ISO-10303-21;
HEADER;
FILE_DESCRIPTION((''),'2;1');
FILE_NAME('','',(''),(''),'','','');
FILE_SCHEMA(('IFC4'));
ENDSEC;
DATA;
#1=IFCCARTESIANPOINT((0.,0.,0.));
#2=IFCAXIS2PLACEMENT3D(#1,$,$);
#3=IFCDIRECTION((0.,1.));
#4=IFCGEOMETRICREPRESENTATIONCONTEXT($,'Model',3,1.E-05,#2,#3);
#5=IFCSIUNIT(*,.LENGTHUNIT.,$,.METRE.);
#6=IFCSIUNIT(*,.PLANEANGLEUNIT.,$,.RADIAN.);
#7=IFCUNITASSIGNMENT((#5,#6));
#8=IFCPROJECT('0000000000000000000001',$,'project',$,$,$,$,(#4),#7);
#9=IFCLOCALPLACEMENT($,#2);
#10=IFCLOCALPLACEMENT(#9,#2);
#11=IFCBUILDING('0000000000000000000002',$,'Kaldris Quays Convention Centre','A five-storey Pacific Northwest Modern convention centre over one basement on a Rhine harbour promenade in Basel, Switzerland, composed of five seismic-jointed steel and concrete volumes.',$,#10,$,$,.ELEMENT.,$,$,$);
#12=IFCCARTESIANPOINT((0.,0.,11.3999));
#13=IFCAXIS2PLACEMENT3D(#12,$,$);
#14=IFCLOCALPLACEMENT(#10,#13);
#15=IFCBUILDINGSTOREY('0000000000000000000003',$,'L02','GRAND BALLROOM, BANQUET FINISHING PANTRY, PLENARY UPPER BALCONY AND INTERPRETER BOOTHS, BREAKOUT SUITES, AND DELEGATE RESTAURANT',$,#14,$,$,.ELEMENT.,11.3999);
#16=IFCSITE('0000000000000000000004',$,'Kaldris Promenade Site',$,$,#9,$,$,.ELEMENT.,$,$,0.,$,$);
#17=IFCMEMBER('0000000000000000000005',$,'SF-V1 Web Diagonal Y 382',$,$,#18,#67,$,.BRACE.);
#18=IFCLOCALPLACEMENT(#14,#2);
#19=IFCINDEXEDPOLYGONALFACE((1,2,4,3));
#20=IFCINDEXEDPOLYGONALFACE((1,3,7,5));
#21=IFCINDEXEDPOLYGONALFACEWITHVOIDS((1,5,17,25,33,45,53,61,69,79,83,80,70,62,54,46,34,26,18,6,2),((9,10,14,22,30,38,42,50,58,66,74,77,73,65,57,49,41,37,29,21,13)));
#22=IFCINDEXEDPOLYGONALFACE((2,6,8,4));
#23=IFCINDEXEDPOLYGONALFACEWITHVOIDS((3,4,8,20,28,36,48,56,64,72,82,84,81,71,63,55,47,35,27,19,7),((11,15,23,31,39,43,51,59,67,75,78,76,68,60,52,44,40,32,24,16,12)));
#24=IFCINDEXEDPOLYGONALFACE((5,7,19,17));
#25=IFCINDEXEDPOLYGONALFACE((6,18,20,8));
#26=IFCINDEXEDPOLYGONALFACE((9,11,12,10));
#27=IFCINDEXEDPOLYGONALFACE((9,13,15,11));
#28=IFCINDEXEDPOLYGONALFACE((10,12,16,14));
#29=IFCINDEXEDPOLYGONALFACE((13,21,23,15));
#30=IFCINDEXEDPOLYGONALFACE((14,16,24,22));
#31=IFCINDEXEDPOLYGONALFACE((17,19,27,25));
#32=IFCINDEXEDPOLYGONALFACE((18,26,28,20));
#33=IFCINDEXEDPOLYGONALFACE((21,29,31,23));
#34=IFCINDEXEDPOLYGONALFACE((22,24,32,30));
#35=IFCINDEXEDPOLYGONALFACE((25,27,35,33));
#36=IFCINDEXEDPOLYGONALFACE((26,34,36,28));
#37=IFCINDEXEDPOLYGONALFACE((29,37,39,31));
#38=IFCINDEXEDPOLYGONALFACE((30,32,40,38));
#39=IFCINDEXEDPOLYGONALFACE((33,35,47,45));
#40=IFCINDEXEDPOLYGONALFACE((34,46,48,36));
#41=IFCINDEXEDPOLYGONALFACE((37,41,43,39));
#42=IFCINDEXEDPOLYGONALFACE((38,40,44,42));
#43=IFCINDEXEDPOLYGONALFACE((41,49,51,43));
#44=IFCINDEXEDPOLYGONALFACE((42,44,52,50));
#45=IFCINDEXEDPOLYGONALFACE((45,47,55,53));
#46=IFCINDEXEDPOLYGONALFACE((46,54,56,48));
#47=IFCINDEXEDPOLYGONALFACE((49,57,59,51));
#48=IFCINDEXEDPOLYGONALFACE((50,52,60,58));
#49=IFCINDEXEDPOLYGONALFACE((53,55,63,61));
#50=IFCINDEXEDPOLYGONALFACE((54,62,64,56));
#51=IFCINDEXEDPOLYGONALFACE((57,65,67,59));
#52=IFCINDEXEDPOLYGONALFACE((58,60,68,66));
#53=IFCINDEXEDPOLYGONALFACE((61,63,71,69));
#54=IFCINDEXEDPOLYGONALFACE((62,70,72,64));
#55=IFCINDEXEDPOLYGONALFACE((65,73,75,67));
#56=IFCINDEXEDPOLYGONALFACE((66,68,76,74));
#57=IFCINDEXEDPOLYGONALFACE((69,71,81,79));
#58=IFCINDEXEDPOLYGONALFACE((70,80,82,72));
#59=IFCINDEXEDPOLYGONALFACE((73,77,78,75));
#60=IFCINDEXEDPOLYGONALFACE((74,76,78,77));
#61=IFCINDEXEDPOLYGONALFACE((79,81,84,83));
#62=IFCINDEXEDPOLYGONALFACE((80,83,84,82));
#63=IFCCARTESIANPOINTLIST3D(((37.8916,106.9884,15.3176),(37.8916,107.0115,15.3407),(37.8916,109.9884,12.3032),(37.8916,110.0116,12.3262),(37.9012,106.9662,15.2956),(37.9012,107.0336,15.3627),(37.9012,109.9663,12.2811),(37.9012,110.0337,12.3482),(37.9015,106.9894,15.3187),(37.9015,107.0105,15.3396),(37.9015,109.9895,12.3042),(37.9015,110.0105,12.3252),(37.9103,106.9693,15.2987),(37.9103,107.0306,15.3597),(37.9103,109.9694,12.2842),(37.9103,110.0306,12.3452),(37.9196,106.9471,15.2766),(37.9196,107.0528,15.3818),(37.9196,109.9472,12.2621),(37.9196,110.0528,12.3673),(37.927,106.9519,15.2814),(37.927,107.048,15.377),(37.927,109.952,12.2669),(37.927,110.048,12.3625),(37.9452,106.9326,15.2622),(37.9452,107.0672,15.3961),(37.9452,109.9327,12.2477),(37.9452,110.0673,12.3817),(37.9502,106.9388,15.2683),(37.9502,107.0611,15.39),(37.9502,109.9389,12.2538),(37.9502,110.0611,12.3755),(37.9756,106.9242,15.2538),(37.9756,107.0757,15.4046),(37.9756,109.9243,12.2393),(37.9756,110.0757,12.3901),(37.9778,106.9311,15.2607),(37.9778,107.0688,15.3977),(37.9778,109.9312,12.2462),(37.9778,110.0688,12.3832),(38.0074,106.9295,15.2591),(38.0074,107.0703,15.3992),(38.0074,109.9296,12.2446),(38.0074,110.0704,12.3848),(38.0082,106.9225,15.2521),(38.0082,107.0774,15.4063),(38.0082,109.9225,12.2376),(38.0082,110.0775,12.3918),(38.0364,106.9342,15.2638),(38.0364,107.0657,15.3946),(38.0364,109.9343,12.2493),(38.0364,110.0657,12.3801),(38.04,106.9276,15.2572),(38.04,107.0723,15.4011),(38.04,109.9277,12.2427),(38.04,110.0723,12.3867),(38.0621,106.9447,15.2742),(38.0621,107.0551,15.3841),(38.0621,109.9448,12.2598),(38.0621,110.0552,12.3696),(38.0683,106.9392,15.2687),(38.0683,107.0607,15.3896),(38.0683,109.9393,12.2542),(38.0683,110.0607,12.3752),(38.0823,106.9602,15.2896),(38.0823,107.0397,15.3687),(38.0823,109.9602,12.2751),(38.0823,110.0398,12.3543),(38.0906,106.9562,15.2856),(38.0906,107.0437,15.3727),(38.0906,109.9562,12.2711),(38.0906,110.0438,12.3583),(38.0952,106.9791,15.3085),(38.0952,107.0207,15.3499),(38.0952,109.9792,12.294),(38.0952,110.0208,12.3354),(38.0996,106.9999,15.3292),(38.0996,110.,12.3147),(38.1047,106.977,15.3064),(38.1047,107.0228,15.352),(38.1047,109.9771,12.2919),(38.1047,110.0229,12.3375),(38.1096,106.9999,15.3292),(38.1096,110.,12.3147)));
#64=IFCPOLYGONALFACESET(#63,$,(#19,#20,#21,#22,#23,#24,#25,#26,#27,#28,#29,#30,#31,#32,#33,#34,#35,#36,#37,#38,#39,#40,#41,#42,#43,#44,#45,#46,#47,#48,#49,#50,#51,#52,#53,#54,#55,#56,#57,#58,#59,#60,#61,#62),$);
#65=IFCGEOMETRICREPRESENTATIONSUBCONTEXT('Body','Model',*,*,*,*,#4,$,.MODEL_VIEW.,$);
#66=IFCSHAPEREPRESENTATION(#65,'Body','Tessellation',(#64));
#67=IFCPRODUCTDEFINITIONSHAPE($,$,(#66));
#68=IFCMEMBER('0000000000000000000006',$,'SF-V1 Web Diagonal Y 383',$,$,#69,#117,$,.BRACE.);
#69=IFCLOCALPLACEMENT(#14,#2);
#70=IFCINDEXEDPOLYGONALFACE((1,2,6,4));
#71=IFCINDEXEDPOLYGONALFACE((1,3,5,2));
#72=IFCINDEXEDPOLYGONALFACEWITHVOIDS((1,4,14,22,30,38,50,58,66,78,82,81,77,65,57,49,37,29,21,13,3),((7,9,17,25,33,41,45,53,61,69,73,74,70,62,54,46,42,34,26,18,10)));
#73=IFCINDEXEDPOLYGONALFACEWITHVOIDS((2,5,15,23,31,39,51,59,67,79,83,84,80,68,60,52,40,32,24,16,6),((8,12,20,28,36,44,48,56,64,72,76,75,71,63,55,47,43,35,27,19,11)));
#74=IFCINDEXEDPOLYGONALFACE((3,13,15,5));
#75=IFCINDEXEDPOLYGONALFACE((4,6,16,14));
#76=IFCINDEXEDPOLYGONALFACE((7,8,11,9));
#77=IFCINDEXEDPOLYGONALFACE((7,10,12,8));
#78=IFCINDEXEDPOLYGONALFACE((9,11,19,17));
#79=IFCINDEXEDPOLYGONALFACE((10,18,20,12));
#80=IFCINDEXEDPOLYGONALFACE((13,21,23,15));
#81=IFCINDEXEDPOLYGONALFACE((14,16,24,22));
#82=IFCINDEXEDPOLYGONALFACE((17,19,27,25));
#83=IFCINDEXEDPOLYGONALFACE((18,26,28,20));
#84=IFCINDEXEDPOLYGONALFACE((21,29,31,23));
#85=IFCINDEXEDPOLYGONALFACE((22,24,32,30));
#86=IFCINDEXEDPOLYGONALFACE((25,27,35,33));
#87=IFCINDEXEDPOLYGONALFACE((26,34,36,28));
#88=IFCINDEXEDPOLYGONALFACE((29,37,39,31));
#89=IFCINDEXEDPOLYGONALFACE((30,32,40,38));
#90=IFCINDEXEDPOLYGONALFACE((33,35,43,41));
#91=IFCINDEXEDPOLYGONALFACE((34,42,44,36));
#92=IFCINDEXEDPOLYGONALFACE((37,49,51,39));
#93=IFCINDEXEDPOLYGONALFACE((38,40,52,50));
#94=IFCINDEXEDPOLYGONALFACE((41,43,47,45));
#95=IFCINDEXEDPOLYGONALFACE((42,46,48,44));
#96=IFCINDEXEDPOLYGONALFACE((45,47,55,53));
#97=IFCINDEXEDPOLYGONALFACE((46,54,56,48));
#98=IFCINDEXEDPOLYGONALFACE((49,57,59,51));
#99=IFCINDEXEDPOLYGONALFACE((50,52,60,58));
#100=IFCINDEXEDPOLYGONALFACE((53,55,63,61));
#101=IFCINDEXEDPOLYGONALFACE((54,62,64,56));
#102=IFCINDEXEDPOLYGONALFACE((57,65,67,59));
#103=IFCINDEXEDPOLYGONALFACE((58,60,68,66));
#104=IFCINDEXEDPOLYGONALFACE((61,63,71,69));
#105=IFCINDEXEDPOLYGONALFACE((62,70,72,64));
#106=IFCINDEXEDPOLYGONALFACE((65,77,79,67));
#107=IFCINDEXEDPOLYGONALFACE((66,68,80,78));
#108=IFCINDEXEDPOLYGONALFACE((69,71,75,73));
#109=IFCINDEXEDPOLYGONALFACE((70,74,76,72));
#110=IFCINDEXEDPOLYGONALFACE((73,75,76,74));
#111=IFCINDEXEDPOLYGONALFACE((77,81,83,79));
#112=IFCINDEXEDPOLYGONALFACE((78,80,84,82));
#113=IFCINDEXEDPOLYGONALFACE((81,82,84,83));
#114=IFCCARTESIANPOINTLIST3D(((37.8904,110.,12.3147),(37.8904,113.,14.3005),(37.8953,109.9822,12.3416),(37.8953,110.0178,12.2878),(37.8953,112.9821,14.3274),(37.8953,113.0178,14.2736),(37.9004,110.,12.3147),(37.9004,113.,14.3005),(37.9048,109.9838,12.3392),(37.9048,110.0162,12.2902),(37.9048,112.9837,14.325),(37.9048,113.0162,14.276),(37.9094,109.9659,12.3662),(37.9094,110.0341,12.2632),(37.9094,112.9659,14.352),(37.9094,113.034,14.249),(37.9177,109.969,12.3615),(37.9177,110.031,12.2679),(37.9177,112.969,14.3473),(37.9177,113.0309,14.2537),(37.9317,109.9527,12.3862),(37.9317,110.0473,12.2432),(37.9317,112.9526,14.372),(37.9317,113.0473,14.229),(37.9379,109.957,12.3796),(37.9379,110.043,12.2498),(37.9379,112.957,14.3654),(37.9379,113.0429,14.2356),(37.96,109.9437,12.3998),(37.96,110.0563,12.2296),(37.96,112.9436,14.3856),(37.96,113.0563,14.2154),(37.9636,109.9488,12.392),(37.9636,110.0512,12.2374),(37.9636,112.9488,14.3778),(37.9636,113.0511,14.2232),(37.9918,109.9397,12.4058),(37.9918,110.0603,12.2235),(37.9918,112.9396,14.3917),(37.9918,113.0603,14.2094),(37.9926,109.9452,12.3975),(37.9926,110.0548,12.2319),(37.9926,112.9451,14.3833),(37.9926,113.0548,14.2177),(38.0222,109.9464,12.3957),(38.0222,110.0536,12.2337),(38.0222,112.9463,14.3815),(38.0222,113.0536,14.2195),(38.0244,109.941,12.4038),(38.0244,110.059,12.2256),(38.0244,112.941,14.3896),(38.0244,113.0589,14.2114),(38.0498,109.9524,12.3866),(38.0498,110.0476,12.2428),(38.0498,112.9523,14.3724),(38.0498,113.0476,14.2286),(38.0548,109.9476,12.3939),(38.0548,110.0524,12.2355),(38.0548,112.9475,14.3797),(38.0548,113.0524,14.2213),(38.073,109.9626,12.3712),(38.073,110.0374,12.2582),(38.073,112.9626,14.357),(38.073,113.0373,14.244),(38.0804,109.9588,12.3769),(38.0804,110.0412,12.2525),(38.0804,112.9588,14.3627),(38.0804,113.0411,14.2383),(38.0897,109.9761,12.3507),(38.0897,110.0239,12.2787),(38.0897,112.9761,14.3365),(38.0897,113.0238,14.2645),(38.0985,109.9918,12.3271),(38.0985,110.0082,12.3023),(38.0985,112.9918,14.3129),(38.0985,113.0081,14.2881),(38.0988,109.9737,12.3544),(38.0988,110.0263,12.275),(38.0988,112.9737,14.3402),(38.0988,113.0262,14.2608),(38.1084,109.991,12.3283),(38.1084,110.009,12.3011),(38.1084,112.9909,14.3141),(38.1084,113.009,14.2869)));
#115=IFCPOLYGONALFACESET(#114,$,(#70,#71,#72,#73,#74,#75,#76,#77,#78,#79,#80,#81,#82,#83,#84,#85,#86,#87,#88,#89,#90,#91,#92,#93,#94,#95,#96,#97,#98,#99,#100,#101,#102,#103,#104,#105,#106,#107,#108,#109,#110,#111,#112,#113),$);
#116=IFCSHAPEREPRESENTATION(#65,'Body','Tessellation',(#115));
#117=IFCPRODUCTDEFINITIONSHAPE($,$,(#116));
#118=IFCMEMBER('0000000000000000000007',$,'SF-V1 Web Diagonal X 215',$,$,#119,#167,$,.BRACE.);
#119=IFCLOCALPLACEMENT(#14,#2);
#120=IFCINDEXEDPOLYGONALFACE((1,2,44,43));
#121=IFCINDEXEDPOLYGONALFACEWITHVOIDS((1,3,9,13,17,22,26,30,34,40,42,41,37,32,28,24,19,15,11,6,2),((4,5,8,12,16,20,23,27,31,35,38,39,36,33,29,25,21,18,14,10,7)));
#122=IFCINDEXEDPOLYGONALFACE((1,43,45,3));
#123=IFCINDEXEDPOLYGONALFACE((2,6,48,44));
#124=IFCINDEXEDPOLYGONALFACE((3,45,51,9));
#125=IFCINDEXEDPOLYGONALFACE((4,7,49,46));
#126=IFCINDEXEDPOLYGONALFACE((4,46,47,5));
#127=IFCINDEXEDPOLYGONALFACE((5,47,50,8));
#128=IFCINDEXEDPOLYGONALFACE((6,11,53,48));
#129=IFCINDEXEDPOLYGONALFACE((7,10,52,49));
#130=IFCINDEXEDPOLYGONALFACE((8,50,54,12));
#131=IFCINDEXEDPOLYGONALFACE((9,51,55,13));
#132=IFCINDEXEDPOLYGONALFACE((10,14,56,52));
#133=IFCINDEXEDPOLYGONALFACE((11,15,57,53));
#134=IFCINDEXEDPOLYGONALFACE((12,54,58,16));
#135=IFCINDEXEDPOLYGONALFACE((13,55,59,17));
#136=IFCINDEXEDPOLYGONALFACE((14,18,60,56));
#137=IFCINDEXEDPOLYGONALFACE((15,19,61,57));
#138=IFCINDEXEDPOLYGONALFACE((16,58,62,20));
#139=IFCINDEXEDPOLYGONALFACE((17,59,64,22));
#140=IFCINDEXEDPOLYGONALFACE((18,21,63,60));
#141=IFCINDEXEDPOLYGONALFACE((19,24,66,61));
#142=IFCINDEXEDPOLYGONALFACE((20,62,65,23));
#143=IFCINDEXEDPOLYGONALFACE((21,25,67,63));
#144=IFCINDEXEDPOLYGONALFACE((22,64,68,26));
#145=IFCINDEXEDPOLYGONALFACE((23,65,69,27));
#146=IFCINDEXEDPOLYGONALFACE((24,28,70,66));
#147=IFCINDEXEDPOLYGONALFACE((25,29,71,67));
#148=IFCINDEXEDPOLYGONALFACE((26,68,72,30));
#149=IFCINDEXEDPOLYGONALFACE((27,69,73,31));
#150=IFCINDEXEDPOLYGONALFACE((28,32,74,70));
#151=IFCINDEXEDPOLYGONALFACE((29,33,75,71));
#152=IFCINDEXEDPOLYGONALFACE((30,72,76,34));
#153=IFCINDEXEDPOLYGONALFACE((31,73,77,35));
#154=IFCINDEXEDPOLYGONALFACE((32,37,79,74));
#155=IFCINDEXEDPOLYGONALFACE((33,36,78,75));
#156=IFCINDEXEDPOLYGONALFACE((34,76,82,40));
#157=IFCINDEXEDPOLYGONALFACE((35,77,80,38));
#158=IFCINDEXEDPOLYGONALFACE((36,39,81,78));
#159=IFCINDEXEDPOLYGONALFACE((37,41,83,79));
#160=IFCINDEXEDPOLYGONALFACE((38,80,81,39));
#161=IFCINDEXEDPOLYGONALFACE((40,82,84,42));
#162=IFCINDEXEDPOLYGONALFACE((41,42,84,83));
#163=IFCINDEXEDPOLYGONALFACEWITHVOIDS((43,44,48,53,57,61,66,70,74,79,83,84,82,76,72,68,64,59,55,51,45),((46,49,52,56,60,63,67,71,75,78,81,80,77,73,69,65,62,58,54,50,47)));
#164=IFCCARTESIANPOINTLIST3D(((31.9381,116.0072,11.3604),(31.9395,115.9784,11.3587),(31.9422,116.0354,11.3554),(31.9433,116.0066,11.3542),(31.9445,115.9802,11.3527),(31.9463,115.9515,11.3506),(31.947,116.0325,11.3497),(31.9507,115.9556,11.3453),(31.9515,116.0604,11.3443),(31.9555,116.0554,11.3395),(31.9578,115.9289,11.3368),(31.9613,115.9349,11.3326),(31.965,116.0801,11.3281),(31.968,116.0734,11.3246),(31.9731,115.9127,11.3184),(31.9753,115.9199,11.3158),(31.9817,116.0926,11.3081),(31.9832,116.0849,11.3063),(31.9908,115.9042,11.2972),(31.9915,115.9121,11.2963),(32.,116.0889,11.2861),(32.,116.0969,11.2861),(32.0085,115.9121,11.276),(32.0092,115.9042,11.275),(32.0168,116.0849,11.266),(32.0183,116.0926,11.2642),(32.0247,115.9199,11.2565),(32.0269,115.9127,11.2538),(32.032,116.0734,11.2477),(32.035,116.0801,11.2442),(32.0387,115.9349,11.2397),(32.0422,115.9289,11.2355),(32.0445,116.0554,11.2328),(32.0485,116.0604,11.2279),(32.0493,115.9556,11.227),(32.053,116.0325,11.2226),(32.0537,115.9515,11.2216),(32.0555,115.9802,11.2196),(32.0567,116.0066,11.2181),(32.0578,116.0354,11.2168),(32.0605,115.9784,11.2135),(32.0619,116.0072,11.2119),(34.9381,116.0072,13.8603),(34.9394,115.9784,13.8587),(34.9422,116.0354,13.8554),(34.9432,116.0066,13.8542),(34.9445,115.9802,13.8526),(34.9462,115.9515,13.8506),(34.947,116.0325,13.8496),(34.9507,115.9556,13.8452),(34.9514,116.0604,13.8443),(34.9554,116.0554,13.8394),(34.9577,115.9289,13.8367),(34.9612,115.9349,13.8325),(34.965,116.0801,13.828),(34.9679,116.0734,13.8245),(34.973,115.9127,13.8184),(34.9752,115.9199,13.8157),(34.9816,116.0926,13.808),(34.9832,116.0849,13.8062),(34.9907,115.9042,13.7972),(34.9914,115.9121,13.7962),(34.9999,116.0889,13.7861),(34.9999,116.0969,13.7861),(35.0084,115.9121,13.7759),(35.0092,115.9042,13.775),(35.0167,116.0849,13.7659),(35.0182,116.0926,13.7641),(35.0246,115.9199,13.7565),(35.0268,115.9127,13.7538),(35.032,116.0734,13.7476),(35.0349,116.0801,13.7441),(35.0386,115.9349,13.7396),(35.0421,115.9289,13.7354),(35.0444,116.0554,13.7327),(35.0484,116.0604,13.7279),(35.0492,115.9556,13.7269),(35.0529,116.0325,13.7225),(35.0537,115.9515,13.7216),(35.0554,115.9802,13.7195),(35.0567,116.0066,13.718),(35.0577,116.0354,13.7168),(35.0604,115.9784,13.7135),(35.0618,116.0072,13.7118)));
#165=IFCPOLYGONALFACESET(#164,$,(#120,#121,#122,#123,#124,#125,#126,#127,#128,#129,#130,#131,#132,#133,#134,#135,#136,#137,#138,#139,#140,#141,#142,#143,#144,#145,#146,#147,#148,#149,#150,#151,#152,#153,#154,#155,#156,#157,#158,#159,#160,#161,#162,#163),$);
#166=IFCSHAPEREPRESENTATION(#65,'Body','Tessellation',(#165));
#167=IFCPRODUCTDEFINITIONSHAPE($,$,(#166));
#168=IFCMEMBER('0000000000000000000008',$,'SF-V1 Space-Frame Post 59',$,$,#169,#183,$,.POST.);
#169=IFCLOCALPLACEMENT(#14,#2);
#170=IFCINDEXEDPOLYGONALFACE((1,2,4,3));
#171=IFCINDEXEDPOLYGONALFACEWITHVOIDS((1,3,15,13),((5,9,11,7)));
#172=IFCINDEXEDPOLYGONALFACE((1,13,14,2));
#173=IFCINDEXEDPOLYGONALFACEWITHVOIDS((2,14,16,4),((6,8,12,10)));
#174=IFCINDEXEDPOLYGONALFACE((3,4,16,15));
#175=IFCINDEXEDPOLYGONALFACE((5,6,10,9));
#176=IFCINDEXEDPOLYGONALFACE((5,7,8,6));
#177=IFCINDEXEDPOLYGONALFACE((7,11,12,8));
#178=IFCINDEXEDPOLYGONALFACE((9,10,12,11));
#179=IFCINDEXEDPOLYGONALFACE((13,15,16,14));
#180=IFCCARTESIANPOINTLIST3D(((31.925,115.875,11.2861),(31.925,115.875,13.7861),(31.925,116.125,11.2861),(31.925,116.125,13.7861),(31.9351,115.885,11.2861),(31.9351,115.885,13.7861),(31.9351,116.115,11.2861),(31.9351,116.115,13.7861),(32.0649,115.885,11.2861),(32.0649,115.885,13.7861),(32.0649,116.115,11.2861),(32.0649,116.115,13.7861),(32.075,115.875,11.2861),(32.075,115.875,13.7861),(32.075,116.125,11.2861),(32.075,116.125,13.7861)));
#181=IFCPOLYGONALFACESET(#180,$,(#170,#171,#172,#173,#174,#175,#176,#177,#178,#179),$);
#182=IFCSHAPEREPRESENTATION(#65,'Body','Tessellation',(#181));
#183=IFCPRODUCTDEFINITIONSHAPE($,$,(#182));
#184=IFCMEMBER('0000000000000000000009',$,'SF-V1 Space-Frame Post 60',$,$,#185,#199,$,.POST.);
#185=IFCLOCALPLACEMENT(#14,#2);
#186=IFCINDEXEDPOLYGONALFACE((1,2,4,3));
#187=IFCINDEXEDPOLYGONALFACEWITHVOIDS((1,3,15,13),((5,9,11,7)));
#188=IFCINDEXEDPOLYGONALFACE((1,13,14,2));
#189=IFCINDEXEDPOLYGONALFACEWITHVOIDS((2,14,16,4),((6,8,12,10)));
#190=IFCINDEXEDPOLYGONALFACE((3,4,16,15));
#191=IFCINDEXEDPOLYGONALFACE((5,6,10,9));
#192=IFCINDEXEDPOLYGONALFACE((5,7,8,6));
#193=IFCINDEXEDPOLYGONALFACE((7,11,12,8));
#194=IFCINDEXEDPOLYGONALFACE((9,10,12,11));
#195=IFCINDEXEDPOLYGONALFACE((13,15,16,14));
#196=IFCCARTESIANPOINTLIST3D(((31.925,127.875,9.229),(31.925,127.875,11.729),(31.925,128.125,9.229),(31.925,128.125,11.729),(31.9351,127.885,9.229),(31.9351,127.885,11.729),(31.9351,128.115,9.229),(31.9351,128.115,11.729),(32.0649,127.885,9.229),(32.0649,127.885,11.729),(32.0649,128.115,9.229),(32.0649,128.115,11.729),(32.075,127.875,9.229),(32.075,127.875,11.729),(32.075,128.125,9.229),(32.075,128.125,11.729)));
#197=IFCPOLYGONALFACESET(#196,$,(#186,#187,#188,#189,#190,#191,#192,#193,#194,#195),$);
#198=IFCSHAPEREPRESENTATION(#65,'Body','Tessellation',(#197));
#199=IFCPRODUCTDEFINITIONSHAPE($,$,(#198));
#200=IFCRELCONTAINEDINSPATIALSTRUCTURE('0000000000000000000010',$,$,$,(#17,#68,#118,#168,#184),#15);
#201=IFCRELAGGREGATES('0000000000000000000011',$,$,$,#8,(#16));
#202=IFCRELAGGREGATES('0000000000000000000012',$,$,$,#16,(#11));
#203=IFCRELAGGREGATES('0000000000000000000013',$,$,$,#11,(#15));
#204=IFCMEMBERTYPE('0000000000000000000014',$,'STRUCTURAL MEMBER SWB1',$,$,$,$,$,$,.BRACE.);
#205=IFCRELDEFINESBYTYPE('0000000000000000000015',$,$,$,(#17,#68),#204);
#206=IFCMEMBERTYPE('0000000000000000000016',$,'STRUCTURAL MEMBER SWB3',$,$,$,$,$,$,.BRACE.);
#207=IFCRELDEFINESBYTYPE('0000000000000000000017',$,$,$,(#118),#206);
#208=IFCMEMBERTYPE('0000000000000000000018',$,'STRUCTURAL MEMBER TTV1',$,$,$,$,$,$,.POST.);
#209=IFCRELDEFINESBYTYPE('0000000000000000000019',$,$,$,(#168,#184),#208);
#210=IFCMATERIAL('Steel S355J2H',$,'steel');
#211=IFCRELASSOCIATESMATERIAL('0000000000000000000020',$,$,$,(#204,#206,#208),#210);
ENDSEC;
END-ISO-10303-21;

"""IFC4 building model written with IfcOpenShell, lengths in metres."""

from ifc_helpers import new_model, si_unit, direction, frame, origin, origin_2d, place, context, subcontext, project, spatial, hollow_rectangle, hollow_circle, extrude, material, material_profile, profile_set, type_object, element, save


model = new_model("IFC4")

# Units and contexts
model_context = context("Model", 3, precision=1e-05, world=origin(), true_north=direction((0.0, 1.0)))
body_context = subcontext(model_context, "Body", "Model", "MODEL_VIEW")
ifc_project = project(units=[si_unit("LENGTHUNIT", "METRE"), si_unit("PLANEANGLEUNIT", "RADIAN")], contexts=[model_context])

# Site, building, storey
site_placement = place(None, origin())
site = spatial("IfcSite", under=ifc_project, at=site_placement, Name="Kaldris Promenade Site", CompositionType="ELEMENT", RefElevation=0.0)
building_placement = place(site_placement, origin())
building = spatial("IfcBuilding", under=site, at=building_placement, Name="Kaldris Quays Convention Centre", Description="A five-storey Pacific Northwest Modern convention centre over one basement on a Rhine harbour promenade in Basel, Switzerland, composed of five seismic-jointed steel and concrete volumes.", CompositionType="ELEMENT")
storey_placement = place(building_placement, frame((0.0, 0.0, 11.3999)))
storey = spatial("IfcBuildingStorey", under=building, at=storey_placement, Name="L02", Description="GRAND BALLROOM, BANQUET FINISHING PANTRY, PLENARY UPPER BALCONY AND INTERPRETER BOOTHS, BREAKOUT SUITES, AND DELEGATE RESTAURANT", CompositionType="ELEMENT", Elevation=11.3999)

# Members
ifc_material_1 = material(Name="Steel S355J2H", Category="steel")
ifc_material_profile_1 = material_profile(ifc_material_1, hollow_circle(Radius=0.1096, WallThickness=0.01, at=origin_2d()), Name="CHS 219.1x10")
ifc_profile_set_1 = profile_set([ifc_material_profile_1], Name="Steel S355J2H")
member_type_1 = type_object("IfcMemberType", Name="STRUCTURAL MEMBER SWB1", PredefinedType="BRACE", material=ifc_profile_set_1)
member_1_placement = place(storey_placement, frame((38.0, 110.0, 12.3147), z_axis=(0.0, -0.705411, 0.708798), x_axis=(1.0, 0.0, 0.0)))
element("IfcMember", 1, at=member_1_placement, inside=storey, type_object=member_type_1, Name="SF-V1 Web Diagonal Y 382", PredefinedType="BRACE", context=body_context, shape_type="SweptSolid", body=[
    extrude(hollow_circle(Radius=0.1096, WallThickness=0.01, at=origin_2d()), origin(), (0.0, 0.0, 1.0), 4.2529),
])
member_2_placement = place(storey_placement, frame((38.0, 110.0, 12.3147), z_axis=(0.0, 0.833862, 0.551972), x_axis=(-1.0, 0.0, 0.0)))
element("IfcMember", 2, at=member_2_placement, inside=storey, type_object=member_type_1, Name="SF-V1 Web Diagonal Y 383", PredefinedType="BRACE", context=body_context, shape_type="SweptSolid", body=[
    extrude(hollow_circle(Radius=0.1096, WallThickness=0.01, at=origin_2d()), origin(), (0.0, 0.0, 1.0), 3.5977),
])
ifc_material_profile_2 = material_profile(ifc_material_1, hollow_circle(Radius=0.0969, WallThickness=0.0081, at=origin_2d()), Name="CHS 193.7x8")
ifc_profile_set_2 = profile_set([ifc_material_profile_2], Name="Steel S355J2H")
member_type_2 = type_object("IfcMemberType", Name="STRUCTURAL MEMBER SWB3", PredefinedType="BRACE", material=ifc_profile_set_2)
member_3_placement = place(storey_placement, frame((32.0, 116.0, 11.2861), z_axis=(0.768221, 0.0, 0.640184), x_axis=(0.0, 1.0, 0.0)))
element("IfcMember", 3, at=member_3_placement, inside=storey, type_object=member_type_2, Name="SF-V1 Web Diagonal X 215", PredefinedType="BRACE", context=body_context, shape_type="SweptSolid", body=[
    extrude(hollow_circle(Radius=0.0969, WallThickness=0.0081, at=origin_2d()), origin(), (0.0, 0.0, 1.0), 3.905),
])
ifc_material_profile_3 = material_profile(ifc_material_1, hollow_rectangle(XDim=0.1499, YDim=0.25, WallThickness=0.01, at=origin_2d()), Name="RHS 250x150x10")
ifc_profile_set_3 = profile_set([ifc_material_profile_3], Name="Steel S355J2H")
member_type_3 = type_object("IfcMemberType", Name="STRUCTURAL MEMBER TTV1", PredefinedType="POST", material=ifc_profile_set_3)
for number, where, z_axis, x_axis, name in (
    (4, (32.0, 116.0, 11.2861), (0.0, 0.0, 1.0), (1.0, 0.0, 0.0), "SF-V1 Space-Frame Post 59"),
    (5, (32.0, 128.0, 9.229), (0.0, 0.0, 1.0), (1.0, 0.0, 0.0), "SF-V1 Space-Frame Post 60"),
):
    element("IfcMember", number, at=place(storey_placement, frame(where, z_axis=z_axis, x_axis=x_axis)), inside=storey, type_object=member_type_3, Name=name, PredefinedType="POST", context=body_context, shape_type="SweptSolid", body=[
        extrude(hollow_rectangle(XDim=0.1499, YDim=0.25, WallThickness=0.01, at=origin_2d()), origin(), (0.0, 0.0, 1.0), 2.5),
    ])

save(model, "model.ifc")
